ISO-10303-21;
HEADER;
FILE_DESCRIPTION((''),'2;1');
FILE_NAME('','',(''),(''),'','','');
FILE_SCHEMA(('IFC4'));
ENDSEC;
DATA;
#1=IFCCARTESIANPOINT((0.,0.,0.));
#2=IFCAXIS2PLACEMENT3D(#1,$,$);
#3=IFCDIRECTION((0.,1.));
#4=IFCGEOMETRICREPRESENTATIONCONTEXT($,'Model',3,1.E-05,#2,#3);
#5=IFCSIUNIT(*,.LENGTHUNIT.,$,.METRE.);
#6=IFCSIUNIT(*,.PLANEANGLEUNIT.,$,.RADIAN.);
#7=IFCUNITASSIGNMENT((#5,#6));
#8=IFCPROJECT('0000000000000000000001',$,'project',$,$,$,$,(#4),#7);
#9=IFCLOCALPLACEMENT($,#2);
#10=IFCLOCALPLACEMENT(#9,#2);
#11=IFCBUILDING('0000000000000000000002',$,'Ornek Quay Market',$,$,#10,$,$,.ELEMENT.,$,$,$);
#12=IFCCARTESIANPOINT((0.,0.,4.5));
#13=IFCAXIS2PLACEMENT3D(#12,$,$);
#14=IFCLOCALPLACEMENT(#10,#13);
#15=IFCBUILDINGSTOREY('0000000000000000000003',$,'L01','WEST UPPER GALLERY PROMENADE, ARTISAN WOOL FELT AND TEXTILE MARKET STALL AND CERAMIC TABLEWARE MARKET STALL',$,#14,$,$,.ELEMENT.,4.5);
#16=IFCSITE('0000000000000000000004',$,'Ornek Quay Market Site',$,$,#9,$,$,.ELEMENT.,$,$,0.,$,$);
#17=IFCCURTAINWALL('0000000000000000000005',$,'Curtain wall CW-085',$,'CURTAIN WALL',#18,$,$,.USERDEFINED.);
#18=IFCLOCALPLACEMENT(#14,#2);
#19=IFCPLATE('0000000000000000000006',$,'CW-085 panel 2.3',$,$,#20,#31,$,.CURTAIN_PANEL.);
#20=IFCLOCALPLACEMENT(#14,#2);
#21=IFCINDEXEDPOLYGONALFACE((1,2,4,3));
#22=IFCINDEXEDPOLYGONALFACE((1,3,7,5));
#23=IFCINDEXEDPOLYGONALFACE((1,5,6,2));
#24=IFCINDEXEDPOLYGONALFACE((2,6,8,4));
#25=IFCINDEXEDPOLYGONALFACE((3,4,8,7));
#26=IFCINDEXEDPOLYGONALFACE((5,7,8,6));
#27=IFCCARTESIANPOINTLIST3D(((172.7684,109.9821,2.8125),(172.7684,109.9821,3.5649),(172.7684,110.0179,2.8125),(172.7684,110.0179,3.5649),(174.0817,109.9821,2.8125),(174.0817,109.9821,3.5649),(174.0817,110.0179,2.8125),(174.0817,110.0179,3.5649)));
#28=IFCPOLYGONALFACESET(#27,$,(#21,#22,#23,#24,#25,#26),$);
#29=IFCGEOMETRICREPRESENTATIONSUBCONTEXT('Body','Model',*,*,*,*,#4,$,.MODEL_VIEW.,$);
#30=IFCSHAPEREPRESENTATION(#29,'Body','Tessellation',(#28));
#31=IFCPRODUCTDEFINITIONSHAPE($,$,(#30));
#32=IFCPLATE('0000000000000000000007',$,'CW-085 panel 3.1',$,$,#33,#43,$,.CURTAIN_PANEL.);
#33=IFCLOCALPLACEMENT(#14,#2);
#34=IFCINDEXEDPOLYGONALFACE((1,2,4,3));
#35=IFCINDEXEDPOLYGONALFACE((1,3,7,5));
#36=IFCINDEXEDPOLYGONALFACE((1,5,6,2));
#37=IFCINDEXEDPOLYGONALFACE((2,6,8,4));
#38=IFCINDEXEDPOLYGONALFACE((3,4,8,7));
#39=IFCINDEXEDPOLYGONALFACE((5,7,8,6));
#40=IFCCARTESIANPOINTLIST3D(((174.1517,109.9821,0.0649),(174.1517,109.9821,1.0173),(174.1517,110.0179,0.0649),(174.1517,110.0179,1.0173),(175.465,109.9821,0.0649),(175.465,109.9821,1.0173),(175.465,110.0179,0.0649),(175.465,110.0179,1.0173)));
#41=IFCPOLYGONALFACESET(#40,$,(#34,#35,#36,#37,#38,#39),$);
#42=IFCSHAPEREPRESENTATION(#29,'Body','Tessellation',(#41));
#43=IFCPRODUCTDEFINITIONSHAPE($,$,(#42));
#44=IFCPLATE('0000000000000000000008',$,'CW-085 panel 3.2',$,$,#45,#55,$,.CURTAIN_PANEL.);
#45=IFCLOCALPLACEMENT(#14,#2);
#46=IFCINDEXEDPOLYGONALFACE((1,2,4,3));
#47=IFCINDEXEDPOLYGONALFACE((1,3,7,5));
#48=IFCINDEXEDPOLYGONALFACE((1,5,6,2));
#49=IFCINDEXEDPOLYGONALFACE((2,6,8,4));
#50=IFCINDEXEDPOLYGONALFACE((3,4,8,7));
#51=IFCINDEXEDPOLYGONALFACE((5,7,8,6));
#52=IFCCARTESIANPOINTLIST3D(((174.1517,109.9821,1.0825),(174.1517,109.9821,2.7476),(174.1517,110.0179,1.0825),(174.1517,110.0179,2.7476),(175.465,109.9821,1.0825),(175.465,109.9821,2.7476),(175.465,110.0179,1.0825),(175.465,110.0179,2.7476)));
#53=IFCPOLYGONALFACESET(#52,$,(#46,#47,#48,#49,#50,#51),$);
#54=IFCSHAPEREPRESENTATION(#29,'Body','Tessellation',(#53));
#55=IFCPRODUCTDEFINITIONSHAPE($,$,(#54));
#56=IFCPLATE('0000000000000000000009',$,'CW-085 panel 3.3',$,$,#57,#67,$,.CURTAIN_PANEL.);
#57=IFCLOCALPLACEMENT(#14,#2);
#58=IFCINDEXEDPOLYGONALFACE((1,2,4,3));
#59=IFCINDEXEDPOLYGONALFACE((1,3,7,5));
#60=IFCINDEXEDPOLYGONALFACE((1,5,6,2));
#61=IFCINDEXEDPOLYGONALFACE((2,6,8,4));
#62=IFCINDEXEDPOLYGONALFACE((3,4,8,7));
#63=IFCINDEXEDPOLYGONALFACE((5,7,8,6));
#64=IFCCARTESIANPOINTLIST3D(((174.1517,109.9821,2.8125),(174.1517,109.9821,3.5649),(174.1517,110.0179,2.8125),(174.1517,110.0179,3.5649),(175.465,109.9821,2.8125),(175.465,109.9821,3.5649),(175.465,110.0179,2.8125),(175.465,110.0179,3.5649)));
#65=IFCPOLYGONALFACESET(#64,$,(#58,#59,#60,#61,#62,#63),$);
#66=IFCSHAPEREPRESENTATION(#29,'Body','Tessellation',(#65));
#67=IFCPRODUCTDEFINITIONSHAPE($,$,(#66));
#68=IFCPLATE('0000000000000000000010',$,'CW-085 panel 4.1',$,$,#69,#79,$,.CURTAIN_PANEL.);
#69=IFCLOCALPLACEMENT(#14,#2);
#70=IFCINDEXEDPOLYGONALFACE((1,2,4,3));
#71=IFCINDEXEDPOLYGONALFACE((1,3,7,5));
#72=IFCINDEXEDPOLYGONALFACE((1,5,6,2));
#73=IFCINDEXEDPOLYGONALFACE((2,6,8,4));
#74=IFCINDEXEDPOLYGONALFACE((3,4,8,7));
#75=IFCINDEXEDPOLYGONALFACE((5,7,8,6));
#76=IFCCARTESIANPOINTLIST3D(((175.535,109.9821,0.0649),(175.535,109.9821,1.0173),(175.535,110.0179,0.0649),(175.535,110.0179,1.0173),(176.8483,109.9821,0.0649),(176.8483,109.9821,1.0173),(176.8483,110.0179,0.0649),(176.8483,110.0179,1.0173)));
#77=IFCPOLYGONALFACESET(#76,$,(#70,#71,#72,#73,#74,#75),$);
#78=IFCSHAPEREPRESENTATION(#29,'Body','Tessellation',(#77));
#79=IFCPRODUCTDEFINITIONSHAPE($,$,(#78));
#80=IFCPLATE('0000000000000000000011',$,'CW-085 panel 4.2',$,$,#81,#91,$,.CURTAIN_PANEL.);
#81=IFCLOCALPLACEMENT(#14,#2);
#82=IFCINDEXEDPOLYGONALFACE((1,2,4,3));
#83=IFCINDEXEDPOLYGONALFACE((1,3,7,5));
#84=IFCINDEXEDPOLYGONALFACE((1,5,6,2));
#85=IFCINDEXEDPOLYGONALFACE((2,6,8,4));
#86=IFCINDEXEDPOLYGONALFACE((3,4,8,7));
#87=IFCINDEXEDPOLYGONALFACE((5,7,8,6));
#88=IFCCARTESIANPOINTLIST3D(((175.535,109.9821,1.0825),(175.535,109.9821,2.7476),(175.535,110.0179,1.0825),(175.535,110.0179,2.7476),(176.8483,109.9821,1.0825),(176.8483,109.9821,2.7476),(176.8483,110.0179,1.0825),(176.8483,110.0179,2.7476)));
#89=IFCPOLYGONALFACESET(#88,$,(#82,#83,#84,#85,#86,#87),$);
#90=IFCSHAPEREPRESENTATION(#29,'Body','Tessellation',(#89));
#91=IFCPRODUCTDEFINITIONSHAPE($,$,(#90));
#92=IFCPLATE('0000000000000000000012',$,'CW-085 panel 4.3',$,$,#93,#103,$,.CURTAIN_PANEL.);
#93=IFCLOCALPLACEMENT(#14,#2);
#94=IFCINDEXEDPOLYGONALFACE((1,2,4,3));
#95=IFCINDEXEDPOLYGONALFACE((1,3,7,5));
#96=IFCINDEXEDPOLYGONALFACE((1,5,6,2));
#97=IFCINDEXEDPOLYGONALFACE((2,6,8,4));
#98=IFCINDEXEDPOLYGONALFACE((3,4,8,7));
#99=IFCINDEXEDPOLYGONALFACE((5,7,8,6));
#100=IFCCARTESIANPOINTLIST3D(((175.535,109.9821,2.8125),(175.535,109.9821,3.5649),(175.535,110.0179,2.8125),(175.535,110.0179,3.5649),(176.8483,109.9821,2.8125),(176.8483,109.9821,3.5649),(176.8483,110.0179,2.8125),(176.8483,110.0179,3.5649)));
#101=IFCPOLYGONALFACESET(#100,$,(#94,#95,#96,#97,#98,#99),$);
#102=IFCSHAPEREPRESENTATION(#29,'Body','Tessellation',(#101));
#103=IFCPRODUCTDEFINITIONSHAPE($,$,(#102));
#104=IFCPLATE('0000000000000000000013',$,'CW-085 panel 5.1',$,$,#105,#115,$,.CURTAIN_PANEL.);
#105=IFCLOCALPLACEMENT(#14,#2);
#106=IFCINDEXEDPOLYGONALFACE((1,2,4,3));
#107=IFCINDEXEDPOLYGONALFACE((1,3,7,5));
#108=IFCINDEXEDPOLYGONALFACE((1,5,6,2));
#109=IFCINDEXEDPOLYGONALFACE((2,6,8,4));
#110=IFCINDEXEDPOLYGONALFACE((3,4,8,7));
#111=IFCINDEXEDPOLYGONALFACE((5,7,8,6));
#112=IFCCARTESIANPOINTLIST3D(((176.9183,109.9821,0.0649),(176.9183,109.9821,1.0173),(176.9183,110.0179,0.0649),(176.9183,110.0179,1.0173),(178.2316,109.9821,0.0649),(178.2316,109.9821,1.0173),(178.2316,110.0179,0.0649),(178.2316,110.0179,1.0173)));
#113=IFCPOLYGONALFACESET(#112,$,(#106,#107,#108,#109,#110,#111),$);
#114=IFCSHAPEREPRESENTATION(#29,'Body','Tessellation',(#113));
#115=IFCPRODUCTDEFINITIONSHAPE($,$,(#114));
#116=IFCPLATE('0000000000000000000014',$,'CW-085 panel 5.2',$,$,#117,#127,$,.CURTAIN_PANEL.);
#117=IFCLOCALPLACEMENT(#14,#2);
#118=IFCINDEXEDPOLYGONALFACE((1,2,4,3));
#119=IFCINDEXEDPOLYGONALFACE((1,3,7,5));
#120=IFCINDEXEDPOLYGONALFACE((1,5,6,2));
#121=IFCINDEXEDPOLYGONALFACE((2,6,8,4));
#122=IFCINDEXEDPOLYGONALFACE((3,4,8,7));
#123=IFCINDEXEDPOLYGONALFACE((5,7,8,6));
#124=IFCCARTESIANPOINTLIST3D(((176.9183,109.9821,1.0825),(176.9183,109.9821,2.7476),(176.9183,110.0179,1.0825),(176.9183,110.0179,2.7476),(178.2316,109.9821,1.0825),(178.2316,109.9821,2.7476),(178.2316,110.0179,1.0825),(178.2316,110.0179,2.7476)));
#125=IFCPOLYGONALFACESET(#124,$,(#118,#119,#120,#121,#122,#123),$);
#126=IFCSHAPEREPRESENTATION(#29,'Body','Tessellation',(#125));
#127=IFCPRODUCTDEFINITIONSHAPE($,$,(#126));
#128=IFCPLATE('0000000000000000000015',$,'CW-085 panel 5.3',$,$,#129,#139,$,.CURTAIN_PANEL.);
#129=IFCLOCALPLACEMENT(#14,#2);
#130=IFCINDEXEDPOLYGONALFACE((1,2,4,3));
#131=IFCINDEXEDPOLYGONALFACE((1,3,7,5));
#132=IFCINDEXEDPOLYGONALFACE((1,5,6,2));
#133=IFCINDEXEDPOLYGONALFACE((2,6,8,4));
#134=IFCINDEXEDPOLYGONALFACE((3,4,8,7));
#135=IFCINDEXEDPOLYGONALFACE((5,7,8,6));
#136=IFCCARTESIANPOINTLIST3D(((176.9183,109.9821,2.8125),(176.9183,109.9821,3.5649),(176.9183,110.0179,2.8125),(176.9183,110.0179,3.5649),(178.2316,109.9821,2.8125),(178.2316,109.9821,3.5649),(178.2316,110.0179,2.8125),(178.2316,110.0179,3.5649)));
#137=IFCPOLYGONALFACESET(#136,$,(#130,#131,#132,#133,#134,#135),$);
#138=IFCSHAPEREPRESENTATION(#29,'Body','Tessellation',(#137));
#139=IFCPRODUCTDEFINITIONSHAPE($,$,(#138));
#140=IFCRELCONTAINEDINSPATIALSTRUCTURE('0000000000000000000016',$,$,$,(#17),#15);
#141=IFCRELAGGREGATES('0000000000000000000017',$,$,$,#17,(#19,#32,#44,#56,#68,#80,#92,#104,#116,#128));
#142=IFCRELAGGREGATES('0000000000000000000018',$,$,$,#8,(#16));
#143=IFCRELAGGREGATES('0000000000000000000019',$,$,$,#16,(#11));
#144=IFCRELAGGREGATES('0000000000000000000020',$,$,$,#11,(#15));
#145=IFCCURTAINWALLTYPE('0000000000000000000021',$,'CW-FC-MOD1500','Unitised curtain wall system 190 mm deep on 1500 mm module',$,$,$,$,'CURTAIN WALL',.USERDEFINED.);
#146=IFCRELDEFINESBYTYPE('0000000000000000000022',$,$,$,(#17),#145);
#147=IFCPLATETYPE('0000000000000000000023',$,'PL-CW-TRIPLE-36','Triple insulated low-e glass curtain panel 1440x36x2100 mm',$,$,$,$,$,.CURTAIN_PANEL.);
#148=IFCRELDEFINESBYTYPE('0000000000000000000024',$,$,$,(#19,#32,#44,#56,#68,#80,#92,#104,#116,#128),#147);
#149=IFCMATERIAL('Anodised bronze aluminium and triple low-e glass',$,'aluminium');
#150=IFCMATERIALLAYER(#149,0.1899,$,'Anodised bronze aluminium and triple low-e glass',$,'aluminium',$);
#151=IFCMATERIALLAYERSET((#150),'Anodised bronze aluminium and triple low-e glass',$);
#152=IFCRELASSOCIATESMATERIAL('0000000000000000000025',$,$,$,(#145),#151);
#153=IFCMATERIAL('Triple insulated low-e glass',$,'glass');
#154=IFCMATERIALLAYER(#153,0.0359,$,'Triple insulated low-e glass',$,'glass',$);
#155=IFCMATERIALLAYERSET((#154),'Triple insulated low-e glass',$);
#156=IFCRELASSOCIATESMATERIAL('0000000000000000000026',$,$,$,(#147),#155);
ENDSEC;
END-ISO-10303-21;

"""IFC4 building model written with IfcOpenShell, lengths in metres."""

from ifc_helpers import new_model, si_unit, direction, frame, origin, origin_2d, place, context, subcontext, project, spatial, rectangle, extrude, material, layer, layer_set, type_object, element, aggregate, save


model = new_model("IFC4")

# Units and contexts
model_context = context("Model", 3, precision=1e-05, world=origin(), true_north=direction((0.0, 1.0)))
body_context = subcontext(model_context, "Body", "Model", "MODEL_VIEW")
ifc_project = project(units=[si_unit("LENGTHUNIT", "METRE"), si_unit("PLANEANGLEUNIT", "RADIAN")], contexts=[model_context])

# Site, building, storey
site_placement = place(None, origin())
site = spatial("IfcSite", under=ifc_project, at=site_placement, Name="Ornek Quay Market Site", CompositionType="ELEMENT", RefElevation=0.0)
building_placement = place(site_placement, origin())
building = spatial("IfcBuilding", under=site, at=building_placement, Name="Ornek Quay Market", CompositionType="ELEMENT")
storey_placement = place(building_placement, frame((0.0, 0.0, 4.5)))
storey = spatial("IfcBuildingStorey", under=building, at=storey_placement, Name="L01", Description="WEST UPPER GALLERY PROMENADE, ARTISAN WOOL FELT AND TEXTILE MARKET STALL AND CERAMIC TABLEWARE MARKET STALL", CompositionType="ELEMENT", Elevation=4.5)

# Curtain wall, plates
ifc_material_1 = material(Name="Anodised bronze aluminium and triple low-e glass", Category="aluminium")
ifc_layer_1 = layer(ifc_material_1, 0.1899, Name="Anodised bronze aluminium and triple low-e glass", Category="aluminium")
ifc_layer_set_1 = layer_set([ifc_layer_1], Name="Anodised bronze aluminium and triple low-e glass")
curtain_wall_type = type_object("IfcCurtainWallType", Name="CW-FC-MOD1500", Description="Unitised curtain wall system 190 mm deep on 1500 mm module", ElementType="CURTAIN WALL", PredefinedType="USERDEFINED", material=ifc_layer_set_1)
curtain_wall_placement = place(storey_placement, origin())
curtain_wall = element("IfcCurtainWall", 1, at=curtain_wall_placement, inside=storey, type_object=curtain_wall_type, Name="Curtain wall CW-085", ObjectType="CURTAIN WALL", PredefinedType="USERDEFINED")
ifc_material_2 = material(Name="Triple insulated low-e glass", Category="glass")
ifc_layer_2 = layer(ifc_material_2, 0.0359, Name="Triple insulated low-e glass", Category="glass")
ifc_layer_set_2 = layer_set([ifc_layer_2], Name="Triple insulated low-e glass")
plate_type = type_object("IfcPlateType", Name="PL-CW-TRIPLE-36", Description="Triple insulated low-e glass curtain panel 1440x36x2100 mm", PredefinedType="CURTAIN_PANEL", material=ifc_layer_set_2)
plate_1_placement = place(storey_placement, frame((173.425, 110.0, 2.8125), z_axis=(0.0, 0.0, 1.0), x_axis=(1.0, 0.0, 0.0)))
plate_1 = element("IfcPlate", 2, at=plate_1_placement, type_object=plate_type, Name="CW-085 panel 2.3", PredefinedType="CURTAIN_PANEL", context=body_context, shape_type="SweptSolid", body=[
    extrude(rectangle(XDim=1.3132, YDim=0.0359, at=origin_2d()), origin(), (0.0, 0.0, 1.0), 0.7524),
])
plate_2_placement = place(storey_placement, frame((174.8083, 110.0, 0.0649), z_axis=(0.0, 0.0, 1.0), x_axis=(1.0, 0.0, 0.0)))
plate_2 = element("IfcPlate", 3, at=plate_2_placement, type_object=plate_type, Name="CW-085 panel 3.1", PredefinedType="CURTAIN_PANEL", context=body_context, shape_type="SweptSolid", body=[
    extrude(rectangle(XDim=1.3132, YDim=0.0359, at=origin_2d()), origin(), (0.0, 0.0, 1.0), 0.9524),
])
plate_3_placement = place(storey_placement, frame((174.8083, 110.0, 1.0825), z_axis=(0.0, 0.0, 1.0), x_axis=(1.0, 0.0, 0.0)))
plate_3 = element("IfcPlate", 4, at=plate_3_placement, type_object=plate_type, Name="CW-085 panel 3.2", PredefinedType="CURTAIN_PANEL", context=body_context, shape_type="SweptSolid", body=[
    extrude(rectangle(XDim=1.3132, YDim=0.0359, at=origin_2d()), origin(), (0.0, 0.0, 1.0), 1.665),
])
plate_4_placement = place(storey_placement, frame((174.8083, 110.0, 2.8125), z_axis=(0.0, 0.0, 1.0), x_axis=(1.0, 0.0, 0.0)))
plate_4 = element("IfcPlate", 5, at=plate_4_placement, type_object=plate_type, Name="CW-085 panel 3.3", PredefinedType="CURTAIN_PANEL", context=body_context, shape_type="SweptSolid", body=[
    extrude(rectangle(XDim=1.3132, YDim=0.0359, at=origin_2d()), origin(), (0.0, 0.0, 1.0), 0.7524),
])
plate_5_placement = place(storey_placement, frame((176.1917, 110.0, 0.0649), z_axis=(0.0, 0.0, 1.0), x_axis=(1.0, 0.0, 0.0)))
plate_5 = element("IfcPlate", 6, at=plate_5_placement, type_object=plate_type, Name="CW-085 panel 4.1", PredefinedType="CURTAIN_PANEL", context=body_context, shape_type="SweptSolid", body=[
    extrude(rectangle(XDim=1.3132, YDim=0.0359, at=origin_2d()), origin(), (0.0, 0.0, 1.0), 0.9524),
])
plate_6_placement = place(storey_placement, frame((176.1917, 110.0, 1.0825), z_axis=(0.0, 0.0, 1.0), x_axis=(1.0, 0.0, 0.0)))
plate_6 = element("IfcPlate", 7, at=plate_6_placement, type_object=plate_type, Name="CW-085 panel 4.2", PredefinedType="CURTAIN_PANEL", context=body_context, shape_type="SweptSolid", body=[
    extrude(rectangle(XDim=1.3132, YDim=0.0359, at=origin_2d()), origin(), (0.0, 0.0, 1.0), 1.665),
])
plate_7_placement = place(storey_placement, frame((176.1917, 110.0, 2.8125), z_axis=(0.0, 0.0, 1.0), x_axis=(1.0, 0.0, 0.0)))
plate_7 = element("IfcPlate", 8, at=plate_7_placement, type_object=plate_type, Name="CW-085 panel 4.3", PredefinedType="CURTAIN_PANEL", context=body_context, shape_type="SweptSolid", body=[
    extrude(rectangle(XDim=1.3132, YDim=0.0359, at=origin_2d()), origin(), (0.0, 0.0, 1.0), 0.7524),
])
plate_8_placement = place(storey_placement, frame((177.575, 110.0, 0.0649), z_axis=(0.0, 0.0, 1.0), x_axis=(1.0, 0.0, 0.0)))
plate_8 = element("IfcPlate", 9, at=plate_8_placement, type_object=plate_type, Name="CW-085 panel 5.1", PredefinedType="CURTAIN_PANEL", context=body_context, shape_type="SweptSolid", body=[
    extrude(rectangle(XDim=1.3132, YDim=0.0359, at=origin_2d()), origin(), (0.0, 0.0, 1.0), 0.9524),
])
plate_9_placement = place(storey_placement, frame((177.575, 110.0, 1.0825), z_axis=(0.0, 0.0, 1.0), x_axis=(1.0, 0.0, 0.0)))
plate_9 = element("IfcPlate", 10, at=plate_9_placement, type_object=plate_type, Name="CW-085 panel 5.2", PredefinedType="CURTAIN_PANEL", context=body_context, shape_type="SweptSolid", body=[
    extrude(rectangle(XDim=1.3132, YDim=0.0359, at=origin_2d()), origin(), (0.0, 0.0, 1.0), 1.665),
])
plate_10_placement = place(storey_placement, frame((177.575, 110.0, 2.8125), z_axis=(0.0, 0.0, 1.0), x_axis=(1.0, 0.0, 0.0)))
plate_10 = element("IfcPlate", 11, at=plate_10_placement, type_object=plate_type, Name="CW-085 panel 5.3", PredefinedType="CURTAIN_PANEL", context=body_context, shape_type="SweptSolid", body=[
    extrude(rectangle(XDim=1.3132, YDim=0.0359, at=origin_2d()), origin(), (0.0, 0.0, 1.0), 0.7524),
])
aggregate(curtain_wall, [plate_1, plate_2, plate_3, plate_4, plate_5, plate_6, plate_7, plate_8, plate_9, plate_10])

save(model, "model.ifc")
